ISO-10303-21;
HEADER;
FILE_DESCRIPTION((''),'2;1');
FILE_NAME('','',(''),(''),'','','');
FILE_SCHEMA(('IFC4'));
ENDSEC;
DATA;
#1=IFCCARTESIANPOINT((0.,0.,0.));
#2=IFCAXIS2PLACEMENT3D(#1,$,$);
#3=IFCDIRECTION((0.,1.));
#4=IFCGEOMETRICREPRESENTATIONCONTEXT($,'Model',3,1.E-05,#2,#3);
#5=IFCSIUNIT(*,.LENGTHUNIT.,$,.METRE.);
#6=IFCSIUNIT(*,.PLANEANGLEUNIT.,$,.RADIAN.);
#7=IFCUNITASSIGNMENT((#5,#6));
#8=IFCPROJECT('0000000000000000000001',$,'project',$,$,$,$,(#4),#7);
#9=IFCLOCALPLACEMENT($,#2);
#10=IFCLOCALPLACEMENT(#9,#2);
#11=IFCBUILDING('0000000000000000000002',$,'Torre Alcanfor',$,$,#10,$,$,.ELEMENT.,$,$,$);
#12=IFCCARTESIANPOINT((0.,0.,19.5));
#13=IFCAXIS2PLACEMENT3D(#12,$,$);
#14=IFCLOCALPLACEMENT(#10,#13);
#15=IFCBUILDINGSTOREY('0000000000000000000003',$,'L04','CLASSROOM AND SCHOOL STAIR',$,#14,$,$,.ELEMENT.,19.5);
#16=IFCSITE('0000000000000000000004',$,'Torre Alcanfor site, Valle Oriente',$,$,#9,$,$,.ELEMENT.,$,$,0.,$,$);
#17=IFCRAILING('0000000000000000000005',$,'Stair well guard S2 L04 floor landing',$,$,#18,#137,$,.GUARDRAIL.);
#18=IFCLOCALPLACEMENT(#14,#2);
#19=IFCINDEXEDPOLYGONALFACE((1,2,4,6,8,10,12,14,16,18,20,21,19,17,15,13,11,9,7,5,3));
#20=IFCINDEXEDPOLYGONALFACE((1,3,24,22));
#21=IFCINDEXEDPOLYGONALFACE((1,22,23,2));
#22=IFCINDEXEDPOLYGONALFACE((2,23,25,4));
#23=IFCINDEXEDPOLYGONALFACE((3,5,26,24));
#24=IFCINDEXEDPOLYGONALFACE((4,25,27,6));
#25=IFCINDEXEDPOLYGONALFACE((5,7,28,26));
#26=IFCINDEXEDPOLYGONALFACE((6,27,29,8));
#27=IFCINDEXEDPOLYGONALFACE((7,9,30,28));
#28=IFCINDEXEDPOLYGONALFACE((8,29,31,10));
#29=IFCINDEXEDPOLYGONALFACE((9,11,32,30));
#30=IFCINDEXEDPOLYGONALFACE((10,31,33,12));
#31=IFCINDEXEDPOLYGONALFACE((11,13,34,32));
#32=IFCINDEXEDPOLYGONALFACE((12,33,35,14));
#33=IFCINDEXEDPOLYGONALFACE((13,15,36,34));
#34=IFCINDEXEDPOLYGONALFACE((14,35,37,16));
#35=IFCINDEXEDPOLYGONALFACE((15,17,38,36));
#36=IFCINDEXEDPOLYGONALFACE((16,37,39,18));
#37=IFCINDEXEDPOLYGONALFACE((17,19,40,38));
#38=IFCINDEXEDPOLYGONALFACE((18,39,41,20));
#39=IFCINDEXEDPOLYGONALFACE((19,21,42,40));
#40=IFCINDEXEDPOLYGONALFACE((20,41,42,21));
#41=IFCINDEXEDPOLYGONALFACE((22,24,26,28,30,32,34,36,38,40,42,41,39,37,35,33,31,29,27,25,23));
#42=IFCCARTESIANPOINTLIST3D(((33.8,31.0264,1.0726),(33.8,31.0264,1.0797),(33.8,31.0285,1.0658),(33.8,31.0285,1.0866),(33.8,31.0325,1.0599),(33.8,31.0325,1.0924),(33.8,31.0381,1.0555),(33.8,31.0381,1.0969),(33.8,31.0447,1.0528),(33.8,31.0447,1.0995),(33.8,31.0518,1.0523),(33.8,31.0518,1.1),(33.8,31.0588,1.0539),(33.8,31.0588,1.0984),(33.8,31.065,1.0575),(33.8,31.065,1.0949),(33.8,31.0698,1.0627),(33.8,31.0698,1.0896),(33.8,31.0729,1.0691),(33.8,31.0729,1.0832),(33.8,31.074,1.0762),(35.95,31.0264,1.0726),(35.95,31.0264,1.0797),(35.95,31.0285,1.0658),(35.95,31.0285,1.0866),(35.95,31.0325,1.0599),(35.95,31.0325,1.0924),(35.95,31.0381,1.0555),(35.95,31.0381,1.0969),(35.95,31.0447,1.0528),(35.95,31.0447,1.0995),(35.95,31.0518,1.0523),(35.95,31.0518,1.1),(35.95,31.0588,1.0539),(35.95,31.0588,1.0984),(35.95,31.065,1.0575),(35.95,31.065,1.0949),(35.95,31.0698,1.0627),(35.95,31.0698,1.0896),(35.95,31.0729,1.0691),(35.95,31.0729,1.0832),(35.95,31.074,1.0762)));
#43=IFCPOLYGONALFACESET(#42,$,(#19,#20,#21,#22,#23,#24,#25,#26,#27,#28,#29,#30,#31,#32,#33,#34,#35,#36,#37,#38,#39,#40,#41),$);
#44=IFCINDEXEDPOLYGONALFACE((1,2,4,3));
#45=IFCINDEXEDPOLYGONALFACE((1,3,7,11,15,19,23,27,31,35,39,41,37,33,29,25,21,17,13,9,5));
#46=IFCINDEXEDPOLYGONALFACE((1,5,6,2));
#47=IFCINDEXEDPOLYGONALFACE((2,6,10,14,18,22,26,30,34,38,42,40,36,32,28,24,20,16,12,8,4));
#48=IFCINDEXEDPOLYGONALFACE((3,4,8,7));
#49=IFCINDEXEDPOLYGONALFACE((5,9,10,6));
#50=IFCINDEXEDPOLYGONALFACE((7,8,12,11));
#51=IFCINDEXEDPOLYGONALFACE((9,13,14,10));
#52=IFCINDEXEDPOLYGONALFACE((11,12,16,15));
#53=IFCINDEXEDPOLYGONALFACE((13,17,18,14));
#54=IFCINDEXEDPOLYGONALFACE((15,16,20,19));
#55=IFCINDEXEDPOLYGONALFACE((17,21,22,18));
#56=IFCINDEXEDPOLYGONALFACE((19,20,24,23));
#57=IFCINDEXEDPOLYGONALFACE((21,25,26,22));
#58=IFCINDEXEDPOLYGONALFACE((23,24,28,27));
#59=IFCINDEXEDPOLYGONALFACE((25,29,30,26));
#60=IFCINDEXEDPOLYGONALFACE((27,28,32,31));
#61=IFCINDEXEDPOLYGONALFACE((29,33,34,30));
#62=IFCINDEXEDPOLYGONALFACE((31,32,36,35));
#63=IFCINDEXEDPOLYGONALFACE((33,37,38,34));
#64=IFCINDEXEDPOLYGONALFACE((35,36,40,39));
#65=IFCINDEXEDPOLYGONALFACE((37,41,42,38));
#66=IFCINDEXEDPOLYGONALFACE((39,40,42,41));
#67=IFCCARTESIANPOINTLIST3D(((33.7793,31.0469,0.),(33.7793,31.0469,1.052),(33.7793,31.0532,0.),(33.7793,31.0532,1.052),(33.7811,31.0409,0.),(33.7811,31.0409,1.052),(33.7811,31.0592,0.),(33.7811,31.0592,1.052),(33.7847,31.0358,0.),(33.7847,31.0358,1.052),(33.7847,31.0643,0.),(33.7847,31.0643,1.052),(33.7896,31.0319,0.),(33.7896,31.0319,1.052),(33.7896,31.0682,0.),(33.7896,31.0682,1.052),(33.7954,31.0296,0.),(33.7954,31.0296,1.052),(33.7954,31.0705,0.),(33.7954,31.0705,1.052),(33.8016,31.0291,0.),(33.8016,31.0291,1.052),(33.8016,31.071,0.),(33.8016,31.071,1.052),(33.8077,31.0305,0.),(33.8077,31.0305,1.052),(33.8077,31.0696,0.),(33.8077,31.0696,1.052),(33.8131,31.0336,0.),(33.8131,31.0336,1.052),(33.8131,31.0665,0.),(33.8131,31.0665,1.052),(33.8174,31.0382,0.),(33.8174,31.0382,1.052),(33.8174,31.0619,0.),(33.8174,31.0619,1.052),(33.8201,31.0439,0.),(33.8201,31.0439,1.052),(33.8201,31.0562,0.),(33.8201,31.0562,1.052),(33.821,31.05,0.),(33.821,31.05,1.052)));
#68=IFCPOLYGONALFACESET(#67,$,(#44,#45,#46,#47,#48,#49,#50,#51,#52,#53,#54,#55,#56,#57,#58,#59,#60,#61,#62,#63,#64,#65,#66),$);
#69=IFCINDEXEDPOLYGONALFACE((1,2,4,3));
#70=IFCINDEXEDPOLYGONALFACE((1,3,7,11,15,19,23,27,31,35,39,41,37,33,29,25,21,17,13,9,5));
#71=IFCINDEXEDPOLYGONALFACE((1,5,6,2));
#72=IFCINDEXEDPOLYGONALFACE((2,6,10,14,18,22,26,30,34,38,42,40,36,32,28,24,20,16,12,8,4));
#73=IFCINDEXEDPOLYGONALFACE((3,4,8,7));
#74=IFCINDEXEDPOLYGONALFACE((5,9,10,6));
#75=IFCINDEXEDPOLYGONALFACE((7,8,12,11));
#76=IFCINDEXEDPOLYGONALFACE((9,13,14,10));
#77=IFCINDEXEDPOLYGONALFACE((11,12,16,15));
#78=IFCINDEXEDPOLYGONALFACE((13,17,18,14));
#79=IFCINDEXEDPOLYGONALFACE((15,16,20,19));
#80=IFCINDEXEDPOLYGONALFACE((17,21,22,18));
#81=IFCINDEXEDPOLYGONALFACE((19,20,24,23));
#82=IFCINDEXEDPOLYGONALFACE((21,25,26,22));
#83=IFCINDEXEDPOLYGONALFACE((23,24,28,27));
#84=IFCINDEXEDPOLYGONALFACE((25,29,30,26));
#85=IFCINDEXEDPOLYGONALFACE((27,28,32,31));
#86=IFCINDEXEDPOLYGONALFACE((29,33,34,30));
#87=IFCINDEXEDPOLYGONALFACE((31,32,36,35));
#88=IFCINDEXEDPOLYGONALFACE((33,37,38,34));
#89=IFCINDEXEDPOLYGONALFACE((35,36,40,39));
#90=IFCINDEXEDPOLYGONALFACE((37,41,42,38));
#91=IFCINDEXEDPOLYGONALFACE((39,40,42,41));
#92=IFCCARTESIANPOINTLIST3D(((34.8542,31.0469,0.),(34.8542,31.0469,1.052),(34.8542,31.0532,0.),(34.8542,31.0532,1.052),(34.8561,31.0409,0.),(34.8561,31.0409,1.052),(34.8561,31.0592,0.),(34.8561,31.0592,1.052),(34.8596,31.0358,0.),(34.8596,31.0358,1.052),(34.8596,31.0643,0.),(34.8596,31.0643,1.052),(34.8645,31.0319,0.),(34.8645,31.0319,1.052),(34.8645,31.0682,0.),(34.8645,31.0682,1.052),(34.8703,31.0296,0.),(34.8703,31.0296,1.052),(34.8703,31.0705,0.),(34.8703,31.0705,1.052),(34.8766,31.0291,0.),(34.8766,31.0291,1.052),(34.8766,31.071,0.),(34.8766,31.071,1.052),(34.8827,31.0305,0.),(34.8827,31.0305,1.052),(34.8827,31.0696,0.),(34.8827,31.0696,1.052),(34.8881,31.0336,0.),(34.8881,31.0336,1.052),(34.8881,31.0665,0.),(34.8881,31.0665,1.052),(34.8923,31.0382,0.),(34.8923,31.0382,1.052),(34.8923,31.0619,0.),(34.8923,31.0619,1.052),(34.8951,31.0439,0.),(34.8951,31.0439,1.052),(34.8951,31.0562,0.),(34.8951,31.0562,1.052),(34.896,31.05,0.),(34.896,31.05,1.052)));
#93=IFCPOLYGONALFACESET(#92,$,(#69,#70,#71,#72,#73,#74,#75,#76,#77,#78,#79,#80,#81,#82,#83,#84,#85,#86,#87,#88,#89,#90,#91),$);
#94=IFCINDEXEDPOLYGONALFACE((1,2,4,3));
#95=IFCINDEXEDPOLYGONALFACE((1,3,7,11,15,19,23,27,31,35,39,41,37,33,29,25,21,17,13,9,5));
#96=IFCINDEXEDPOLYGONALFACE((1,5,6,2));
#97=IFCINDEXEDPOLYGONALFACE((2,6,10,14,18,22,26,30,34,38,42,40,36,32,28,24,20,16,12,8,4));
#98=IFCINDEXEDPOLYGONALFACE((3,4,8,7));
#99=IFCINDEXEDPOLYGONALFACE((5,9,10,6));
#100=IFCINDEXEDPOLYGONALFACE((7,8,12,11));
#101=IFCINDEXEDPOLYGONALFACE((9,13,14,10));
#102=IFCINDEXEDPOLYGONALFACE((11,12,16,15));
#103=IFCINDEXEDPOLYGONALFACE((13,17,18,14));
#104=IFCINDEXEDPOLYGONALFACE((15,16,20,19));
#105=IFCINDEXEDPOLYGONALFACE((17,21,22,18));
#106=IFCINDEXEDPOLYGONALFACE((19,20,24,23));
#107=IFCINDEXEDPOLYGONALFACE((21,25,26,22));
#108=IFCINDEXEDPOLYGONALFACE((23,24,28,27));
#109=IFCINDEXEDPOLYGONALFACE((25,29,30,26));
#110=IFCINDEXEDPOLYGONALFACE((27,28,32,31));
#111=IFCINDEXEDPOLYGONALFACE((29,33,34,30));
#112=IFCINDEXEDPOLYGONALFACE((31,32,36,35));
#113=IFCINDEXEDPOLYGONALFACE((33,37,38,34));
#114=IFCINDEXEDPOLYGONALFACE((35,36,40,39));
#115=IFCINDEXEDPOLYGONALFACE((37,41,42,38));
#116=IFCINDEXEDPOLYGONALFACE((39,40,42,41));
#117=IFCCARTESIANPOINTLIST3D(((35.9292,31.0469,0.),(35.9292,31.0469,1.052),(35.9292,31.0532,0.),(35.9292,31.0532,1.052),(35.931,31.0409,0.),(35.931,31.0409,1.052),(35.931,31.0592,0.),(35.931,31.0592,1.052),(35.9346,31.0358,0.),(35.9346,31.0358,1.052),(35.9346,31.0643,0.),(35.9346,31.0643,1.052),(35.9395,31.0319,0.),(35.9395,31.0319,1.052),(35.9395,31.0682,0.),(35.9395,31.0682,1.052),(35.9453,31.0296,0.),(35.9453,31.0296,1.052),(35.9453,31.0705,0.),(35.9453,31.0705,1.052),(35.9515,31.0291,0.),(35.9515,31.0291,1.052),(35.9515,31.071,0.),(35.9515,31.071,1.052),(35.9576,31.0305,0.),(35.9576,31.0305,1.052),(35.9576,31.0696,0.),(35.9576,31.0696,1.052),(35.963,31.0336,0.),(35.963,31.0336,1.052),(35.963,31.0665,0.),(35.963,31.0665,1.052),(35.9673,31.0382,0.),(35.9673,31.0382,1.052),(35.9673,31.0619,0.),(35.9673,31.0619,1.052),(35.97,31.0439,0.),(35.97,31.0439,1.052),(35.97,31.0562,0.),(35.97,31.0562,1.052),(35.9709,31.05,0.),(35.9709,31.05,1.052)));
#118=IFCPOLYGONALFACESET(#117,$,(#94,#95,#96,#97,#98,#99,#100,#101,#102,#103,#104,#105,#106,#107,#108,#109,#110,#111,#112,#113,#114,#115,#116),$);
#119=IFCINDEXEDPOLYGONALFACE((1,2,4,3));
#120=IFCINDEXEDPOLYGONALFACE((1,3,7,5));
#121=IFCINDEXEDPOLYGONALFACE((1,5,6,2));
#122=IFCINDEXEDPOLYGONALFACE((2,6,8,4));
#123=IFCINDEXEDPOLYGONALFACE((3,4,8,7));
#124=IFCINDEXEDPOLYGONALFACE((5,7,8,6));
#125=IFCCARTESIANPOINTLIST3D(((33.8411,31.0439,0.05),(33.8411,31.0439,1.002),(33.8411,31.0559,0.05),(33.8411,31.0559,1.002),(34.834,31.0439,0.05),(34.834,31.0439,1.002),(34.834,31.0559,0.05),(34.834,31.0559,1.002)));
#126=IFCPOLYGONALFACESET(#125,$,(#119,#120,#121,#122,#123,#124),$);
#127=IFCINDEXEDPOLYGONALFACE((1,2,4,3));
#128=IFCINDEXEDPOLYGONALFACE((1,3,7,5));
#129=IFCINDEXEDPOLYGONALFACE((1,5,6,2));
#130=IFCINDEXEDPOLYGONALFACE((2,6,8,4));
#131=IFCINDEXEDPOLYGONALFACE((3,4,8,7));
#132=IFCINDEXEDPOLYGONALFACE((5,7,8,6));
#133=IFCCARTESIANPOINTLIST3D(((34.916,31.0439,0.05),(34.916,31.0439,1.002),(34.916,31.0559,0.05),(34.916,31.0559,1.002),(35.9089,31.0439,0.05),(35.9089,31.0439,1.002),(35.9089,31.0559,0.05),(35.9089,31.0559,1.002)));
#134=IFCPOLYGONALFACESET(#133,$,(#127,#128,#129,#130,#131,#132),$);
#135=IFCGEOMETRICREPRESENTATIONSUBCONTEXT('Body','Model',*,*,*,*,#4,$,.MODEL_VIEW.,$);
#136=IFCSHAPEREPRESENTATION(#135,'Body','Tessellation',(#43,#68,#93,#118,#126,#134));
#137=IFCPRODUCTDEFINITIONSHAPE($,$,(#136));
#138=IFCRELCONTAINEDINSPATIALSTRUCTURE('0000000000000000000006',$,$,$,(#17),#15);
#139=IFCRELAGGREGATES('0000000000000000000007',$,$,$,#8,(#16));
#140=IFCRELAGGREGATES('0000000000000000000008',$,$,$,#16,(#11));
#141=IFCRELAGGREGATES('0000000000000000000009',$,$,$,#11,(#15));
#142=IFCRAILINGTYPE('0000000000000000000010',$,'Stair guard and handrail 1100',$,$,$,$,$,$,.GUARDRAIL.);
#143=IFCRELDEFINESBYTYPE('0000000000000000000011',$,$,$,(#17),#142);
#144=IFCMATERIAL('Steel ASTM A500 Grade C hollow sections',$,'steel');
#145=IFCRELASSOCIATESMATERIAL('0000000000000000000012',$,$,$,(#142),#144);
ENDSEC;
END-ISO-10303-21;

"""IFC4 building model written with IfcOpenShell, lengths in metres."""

from ifc_helpers import new_model, si_unit, direction, frame, origin, origin_2d, place, context, subcontext, project, spatial, polyline, circle, outline, extrude, material, type_object, element, save


model = new_model("IFC4")

# Units and contexts
model_context = context("Model", 3, precision=1e-05, world=origin(), true_north=direction((0.0, 1.0)))
body_context = subcontext(model_context, "Body", "Model", "MODEL_VIEW")
ifc_project = project(units=[si_unit("LENGTHUNIT", "METRE"), si_unit("PLANEANGLEUNIT", "RADIAN")], contexts=[model_context])

# Site, building, storey
site_placement = place(None, origin())
site = spatial("IfcSite", under=ifc_project, at=site_placement, Name="Torre Alcanfor site, Valle Oriente", CompositionType="ELEMENT", RefElevation=0.0)
building_placement = place(site_placement, origin())
building = spatial("IfcBuilding", under=site, at=building_placement, Name="Torre Alcanfor", CompositionType="ELEMENT")
storey_placement = place(building_placement, frame((0.0, 0.0, 19.5)))
storey = spatial("IfcBuildingStorey", under=building, at=storey_placement, Name="L04", Description="CLASSROOM AND SCHOOL STAIR", CompositionType="ELEMENT", Elevation=19.5)

# Railing
ifc_material_1 = material(Name="Steel ASTM A500 Grade C hollow sections", Category="steel")
railing_type_1 = type_object("IfcRailingType", Name="Stair guard and handrail 1100", PredefinedType="GUARDRAIL", material=ifc_material_1)
for number, where, name in (
    (1, (33.8, 31.05, 0.0), "Stair well guard S2 L04 floor landing"),
):
    element("IfcRailing", number, at=place(storey_placement, frame(where)), inside=storey, type_object=railing_type_1, Name=name, PredefinedType="GUARDRAIL", context=body_context, shape_type="SweptSolid", body=[
        extrude(circle(Radius=0.0239, at=origin_2d()), frame((0.0, 0.0, 1.0762), z_axis=(1.0, 0.0, 0.0), x_axis=(0.0, 1.0, 0.0)), (0.0, 0.0, 1.0), 2.1499),
        extrude(circle(Radius=0.021, at=origin_2d()), origin(), (0.0, 0.0, 1.0), 1.052),
        extrude(circle(Radius=0.021, at=origin_2d()), frame((1.075, 0.0, 0.0)), (0.0, 0.0, 1.0), 1.052),
        extrude(circle(Radius=0.021, at=origin_2d()), frame((2.1499, 0.0, 0.0)), (0.0, 0.0, 1.0), 1.052),
        extrude(outline(polyline([(0.041, 0.05), (1.0339, 0.05), (1.0339, 1.002), (0.041, 1.002), (0.041, 0.05)])), frame((0.0, 0.0059, 0.0), z_axis=(0.0, -1.0, 0.0), x_axis=(1.0, 0.0, 0.0)), (0.0, 0.0, 1.0), 0.012),
        extrude(outline(polyline([(1.116, 0.05), (2.1089, 0.05), (2.1089, 1.002), (1.116, 1.002), (1.116, 0.05)])), frame((0.0, 0.0059, 0.0), z_axis=(0.0, -1.0, 0.0), x_axis=(1.0, 0.0, 0.0)), (0.0, 0.0, 1.0), 0.012),
    ])

save(model, "model.ifc")
